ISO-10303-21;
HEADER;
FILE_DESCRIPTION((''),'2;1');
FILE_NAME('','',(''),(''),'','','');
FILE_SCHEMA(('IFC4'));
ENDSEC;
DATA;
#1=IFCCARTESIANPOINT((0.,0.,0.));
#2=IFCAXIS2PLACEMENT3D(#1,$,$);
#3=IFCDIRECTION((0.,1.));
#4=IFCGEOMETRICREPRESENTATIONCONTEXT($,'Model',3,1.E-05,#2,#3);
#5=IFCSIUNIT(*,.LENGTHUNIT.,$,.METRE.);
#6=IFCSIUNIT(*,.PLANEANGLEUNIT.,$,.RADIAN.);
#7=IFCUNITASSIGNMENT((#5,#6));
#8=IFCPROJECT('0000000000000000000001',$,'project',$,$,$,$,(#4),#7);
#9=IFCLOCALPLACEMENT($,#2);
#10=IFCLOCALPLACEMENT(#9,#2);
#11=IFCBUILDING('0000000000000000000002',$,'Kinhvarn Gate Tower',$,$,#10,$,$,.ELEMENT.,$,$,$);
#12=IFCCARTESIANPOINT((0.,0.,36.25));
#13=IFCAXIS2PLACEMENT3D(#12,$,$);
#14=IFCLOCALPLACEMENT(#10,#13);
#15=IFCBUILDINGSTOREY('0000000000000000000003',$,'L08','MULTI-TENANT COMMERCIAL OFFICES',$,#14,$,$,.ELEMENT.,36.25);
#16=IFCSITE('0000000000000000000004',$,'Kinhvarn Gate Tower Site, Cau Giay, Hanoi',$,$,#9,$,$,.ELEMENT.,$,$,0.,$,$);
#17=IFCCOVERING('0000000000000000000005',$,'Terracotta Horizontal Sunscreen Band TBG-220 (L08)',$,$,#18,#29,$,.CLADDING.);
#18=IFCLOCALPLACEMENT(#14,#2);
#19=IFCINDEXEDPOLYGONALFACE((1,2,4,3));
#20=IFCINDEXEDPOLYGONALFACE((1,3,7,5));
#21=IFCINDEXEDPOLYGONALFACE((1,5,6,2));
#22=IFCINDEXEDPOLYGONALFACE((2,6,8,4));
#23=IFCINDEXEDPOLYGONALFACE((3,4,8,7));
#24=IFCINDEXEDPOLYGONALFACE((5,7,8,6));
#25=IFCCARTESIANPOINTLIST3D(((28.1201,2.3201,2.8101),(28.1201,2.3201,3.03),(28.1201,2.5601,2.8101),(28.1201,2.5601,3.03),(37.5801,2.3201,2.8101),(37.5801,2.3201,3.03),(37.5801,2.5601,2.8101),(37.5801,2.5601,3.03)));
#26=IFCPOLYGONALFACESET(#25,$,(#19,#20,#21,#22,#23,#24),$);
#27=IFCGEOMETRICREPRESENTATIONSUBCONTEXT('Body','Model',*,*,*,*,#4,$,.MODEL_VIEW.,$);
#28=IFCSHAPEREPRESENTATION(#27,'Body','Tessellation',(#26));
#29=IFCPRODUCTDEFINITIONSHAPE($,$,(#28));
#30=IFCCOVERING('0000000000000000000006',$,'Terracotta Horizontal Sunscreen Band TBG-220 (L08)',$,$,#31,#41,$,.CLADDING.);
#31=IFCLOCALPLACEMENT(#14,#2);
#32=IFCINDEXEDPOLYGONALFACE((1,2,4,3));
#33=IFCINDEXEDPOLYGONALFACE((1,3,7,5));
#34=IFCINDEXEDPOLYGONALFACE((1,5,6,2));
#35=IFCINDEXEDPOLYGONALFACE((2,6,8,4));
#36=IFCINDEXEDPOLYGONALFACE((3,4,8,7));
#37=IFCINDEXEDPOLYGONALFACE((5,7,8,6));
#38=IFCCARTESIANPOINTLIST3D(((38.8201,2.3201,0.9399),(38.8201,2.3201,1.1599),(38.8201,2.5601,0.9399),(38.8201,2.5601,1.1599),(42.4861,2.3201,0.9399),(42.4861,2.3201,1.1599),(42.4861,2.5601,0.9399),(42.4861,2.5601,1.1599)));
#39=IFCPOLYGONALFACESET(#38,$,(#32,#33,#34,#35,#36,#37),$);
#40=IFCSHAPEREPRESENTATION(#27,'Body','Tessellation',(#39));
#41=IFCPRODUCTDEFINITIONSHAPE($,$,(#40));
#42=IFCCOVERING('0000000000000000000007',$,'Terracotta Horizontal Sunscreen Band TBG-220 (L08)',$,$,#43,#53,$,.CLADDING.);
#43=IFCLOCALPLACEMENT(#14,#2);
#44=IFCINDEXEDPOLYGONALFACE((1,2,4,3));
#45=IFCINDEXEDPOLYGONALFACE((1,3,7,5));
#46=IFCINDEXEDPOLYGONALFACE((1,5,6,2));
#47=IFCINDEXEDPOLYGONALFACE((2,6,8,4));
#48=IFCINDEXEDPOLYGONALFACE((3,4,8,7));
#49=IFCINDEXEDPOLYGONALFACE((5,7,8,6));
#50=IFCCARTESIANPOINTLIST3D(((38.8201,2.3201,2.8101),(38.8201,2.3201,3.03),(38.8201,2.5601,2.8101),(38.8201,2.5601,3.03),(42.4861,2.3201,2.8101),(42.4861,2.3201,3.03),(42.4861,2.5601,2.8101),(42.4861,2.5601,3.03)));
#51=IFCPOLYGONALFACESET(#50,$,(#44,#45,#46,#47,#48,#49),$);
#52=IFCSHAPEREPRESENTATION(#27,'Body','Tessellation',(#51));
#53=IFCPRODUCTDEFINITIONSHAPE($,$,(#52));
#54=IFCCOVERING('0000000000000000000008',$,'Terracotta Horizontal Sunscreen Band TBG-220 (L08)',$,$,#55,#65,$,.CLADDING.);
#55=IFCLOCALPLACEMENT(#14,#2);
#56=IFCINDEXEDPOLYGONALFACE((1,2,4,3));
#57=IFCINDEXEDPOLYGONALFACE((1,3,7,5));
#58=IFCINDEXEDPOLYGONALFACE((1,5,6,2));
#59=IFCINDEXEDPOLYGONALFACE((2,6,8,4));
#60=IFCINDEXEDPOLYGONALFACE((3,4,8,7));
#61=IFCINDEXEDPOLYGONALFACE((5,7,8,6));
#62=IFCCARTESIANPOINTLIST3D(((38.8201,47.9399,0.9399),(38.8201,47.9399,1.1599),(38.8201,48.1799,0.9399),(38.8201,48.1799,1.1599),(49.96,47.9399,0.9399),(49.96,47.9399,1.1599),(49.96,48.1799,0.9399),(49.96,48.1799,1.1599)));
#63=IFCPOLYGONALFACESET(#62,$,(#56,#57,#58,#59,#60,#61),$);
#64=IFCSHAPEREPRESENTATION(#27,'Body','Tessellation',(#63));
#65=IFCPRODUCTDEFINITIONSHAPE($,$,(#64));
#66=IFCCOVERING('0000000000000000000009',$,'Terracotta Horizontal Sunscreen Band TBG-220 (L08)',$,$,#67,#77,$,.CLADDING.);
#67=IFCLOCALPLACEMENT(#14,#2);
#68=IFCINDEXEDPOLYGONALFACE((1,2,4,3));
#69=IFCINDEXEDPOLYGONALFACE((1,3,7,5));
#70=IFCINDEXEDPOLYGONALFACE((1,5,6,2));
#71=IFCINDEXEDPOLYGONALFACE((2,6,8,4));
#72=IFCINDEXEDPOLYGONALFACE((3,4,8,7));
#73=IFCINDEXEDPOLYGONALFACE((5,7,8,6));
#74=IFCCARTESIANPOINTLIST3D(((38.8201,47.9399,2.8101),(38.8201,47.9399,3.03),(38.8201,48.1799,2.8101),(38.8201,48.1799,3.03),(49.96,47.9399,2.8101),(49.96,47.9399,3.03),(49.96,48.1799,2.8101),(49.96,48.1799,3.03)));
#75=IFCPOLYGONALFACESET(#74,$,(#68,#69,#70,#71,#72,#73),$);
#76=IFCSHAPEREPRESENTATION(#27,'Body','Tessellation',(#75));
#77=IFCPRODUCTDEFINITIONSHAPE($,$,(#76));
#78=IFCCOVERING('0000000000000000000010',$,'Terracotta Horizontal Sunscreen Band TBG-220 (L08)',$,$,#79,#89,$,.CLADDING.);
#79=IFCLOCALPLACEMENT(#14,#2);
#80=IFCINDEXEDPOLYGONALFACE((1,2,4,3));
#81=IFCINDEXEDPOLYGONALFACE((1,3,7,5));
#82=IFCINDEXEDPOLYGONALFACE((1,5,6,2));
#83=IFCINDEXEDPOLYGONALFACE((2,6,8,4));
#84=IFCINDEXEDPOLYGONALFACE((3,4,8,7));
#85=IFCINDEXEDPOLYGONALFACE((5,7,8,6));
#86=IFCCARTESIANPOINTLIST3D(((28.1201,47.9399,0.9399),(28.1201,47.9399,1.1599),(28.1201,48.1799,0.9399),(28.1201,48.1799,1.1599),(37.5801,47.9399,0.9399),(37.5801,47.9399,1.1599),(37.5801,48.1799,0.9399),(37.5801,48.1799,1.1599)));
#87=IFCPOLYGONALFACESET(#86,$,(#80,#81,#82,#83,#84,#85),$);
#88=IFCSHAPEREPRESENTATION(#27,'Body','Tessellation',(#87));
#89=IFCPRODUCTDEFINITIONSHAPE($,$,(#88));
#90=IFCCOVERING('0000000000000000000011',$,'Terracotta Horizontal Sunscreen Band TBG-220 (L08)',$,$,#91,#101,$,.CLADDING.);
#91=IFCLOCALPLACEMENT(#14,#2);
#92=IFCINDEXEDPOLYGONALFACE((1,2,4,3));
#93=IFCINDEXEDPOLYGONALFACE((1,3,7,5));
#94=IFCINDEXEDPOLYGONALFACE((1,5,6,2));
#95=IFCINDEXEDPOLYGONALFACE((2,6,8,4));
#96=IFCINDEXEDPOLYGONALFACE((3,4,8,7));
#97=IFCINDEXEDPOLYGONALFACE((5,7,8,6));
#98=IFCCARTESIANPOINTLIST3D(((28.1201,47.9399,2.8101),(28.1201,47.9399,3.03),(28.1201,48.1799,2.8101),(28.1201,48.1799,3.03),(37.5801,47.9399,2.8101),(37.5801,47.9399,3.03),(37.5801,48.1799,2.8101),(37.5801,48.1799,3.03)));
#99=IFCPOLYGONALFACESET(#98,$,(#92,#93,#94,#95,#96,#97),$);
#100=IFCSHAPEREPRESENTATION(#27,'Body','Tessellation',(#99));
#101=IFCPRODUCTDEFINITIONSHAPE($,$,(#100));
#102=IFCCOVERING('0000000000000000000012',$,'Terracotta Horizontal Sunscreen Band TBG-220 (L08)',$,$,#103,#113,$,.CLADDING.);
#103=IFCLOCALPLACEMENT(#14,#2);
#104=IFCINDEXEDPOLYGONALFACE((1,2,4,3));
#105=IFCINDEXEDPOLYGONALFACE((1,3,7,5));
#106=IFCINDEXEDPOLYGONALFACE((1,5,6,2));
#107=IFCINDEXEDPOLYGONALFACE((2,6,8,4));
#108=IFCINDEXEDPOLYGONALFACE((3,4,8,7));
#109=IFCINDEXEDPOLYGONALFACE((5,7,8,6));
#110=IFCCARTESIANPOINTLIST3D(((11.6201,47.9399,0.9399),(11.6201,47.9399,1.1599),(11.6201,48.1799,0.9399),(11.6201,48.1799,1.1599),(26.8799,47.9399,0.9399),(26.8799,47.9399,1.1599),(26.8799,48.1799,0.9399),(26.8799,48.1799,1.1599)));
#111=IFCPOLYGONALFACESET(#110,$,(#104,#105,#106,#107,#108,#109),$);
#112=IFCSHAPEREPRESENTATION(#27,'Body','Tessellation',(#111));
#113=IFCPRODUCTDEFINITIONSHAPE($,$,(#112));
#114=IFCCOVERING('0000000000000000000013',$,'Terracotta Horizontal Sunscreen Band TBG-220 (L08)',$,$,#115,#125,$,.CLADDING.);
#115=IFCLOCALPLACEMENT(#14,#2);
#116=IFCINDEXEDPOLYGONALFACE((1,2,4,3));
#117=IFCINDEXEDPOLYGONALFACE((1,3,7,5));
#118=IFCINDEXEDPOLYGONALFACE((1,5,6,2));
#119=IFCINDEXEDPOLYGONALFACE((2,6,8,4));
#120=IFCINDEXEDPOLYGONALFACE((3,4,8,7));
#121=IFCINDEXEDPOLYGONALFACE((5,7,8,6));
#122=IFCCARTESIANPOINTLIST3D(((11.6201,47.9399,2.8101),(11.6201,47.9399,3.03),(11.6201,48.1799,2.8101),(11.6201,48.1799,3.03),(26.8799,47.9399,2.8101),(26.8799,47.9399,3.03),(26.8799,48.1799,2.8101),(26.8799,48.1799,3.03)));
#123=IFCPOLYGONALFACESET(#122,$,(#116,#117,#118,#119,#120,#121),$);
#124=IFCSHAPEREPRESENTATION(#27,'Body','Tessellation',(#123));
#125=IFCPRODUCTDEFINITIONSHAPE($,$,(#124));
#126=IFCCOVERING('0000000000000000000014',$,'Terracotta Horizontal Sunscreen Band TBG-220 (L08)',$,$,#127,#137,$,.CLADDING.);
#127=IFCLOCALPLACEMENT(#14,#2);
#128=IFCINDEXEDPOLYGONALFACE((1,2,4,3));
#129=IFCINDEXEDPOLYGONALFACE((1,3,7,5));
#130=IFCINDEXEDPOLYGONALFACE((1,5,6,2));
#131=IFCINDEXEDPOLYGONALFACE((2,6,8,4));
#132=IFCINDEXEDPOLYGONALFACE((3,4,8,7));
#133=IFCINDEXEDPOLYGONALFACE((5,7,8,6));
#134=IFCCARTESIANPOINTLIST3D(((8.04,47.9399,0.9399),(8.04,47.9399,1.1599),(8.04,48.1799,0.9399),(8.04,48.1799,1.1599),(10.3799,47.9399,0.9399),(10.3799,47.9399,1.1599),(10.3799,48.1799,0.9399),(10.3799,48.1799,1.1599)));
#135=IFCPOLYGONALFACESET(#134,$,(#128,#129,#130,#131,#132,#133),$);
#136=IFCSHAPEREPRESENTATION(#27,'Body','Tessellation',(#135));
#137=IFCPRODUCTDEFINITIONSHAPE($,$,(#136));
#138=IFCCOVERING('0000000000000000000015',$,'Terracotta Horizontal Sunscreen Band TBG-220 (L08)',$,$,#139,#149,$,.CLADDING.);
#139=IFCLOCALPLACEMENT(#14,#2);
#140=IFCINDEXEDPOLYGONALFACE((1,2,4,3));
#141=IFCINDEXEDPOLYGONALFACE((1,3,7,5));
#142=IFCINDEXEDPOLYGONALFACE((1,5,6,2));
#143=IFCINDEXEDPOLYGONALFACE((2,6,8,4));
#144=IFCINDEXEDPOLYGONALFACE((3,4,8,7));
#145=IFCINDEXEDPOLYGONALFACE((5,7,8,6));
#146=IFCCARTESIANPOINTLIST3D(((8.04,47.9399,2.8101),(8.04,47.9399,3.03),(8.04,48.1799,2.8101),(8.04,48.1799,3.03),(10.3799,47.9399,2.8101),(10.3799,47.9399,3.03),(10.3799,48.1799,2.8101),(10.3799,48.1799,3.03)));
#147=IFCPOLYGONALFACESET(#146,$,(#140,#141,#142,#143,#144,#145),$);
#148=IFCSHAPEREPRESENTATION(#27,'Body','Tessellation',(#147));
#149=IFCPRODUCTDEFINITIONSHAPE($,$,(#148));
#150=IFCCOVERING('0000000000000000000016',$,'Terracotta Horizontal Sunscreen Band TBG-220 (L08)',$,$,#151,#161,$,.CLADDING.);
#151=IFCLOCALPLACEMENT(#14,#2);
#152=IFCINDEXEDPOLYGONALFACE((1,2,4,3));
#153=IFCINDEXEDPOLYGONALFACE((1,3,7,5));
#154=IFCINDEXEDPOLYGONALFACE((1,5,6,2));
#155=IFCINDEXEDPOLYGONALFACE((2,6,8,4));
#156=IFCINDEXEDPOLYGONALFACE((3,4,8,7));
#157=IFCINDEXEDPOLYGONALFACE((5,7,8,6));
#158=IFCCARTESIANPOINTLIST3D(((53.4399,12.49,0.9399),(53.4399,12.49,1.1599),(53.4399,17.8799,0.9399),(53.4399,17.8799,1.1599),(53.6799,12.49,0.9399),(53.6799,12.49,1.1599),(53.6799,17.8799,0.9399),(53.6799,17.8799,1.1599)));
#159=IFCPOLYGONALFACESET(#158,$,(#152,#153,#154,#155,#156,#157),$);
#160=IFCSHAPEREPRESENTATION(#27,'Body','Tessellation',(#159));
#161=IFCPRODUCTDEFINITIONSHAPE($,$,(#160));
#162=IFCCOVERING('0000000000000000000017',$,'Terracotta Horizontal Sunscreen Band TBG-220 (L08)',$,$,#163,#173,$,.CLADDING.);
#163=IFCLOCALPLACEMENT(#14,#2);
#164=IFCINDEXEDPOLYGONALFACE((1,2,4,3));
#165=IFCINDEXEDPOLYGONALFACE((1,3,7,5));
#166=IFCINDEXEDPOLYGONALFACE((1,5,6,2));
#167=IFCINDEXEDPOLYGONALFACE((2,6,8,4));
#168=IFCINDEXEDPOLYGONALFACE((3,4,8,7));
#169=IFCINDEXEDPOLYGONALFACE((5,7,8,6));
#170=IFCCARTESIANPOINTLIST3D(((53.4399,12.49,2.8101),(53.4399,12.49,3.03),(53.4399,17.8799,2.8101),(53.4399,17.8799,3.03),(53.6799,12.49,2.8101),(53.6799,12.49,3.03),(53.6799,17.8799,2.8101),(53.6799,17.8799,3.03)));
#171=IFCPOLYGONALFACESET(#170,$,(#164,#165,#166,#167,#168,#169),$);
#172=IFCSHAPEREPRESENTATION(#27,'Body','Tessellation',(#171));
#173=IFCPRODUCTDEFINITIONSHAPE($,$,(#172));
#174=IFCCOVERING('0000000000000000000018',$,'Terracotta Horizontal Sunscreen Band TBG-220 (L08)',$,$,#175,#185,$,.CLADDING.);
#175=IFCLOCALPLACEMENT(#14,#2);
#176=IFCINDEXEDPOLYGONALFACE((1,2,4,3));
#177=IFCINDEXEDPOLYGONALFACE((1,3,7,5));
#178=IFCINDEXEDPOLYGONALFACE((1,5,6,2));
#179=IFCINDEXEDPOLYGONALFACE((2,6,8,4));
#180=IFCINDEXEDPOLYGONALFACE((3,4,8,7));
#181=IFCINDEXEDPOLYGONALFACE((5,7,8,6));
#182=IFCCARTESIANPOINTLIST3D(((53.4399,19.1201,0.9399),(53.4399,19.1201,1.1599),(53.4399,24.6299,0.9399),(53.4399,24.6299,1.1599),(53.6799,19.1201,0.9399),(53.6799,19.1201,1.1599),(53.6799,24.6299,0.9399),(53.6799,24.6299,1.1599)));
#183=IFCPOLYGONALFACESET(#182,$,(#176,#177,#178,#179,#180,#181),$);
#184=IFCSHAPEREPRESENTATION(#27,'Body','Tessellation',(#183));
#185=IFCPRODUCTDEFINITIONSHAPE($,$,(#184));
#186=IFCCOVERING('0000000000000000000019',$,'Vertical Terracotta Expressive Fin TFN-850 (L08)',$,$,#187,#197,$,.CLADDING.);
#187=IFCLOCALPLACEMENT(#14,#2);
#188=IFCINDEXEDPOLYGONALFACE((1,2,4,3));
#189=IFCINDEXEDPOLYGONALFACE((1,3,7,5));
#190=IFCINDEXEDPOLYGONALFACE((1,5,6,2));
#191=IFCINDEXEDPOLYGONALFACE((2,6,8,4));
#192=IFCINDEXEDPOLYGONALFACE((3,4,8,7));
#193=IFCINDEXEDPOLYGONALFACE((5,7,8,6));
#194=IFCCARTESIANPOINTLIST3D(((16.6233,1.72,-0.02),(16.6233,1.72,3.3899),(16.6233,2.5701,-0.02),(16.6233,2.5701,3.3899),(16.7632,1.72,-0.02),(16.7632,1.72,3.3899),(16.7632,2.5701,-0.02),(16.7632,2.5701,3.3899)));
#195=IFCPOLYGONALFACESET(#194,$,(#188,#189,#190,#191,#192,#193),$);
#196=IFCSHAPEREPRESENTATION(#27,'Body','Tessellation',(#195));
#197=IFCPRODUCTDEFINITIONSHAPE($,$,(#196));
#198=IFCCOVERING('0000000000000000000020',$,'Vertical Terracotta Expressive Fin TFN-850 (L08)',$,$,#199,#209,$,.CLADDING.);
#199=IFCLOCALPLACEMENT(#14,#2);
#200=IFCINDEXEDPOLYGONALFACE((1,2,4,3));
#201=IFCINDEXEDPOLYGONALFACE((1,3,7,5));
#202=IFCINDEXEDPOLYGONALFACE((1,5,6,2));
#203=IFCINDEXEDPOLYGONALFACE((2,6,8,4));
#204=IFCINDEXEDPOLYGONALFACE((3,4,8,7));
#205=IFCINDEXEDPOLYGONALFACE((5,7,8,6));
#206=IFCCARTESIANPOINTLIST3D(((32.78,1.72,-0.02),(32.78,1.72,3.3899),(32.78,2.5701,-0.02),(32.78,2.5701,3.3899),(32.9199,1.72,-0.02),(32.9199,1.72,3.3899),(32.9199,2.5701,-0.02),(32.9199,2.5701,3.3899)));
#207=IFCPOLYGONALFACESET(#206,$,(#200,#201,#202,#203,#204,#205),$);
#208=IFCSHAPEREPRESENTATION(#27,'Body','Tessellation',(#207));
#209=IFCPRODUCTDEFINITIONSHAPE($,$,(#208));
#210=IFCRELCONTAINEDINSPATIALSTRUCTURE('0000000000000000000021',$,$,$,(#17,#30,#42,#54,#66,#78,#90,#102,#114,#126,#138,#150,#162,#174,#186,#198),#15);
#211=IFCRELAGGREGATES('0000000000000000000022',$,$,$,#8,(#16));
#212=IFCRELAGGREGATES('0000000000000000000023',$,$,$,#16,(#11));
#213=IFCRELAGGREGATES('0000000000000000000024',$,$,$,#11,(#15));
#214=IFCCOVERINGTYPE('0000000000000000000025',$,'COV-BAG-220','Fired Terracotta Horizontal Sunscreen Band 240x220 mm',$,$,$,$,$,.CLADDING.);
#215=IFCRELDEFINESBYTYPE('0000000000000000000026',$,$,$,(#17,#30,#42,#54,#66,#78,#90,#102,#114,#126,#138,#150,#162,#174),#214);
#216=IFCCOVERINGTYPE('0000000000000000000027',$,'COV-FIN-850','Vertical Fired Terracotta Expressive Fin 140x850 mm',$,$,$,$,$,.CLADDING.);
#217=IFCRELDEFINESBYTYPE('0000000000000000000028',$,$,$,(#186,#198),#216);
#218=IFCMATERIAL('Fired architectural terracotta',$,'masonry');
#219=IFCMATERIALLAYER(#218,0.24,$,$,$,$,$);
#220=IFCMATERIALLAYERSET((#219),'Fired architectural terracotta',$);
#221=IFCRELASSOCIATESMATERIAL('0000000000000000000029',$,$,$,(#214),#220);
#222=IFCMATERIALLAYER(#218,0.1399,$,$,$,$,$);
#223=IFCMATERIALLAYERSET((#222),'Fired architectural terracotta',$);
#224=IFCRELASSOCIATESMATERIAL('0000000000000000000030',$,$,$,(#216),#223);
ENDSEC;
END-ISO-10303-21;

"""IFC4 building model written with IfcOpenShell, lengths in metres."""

from ifc_helpers import new_model, si_unit, direction, frame, origin, place, context, subcontext, project, spatial, polyline, outline, extrude, material, layer, layer_set, type_object, element, save


model = new_model("IFC4")

# Units and contexts
model_context = context("Model", 3, precision=1e-05, world=origin(), true_north=direction((0.0, 1.0)))
body_context = subcontext(model_context, "Body", "Model", "MODEL_VIEW")
ifc_project = project(units=[si_unit("LENGTHUNIT", "METRE"), si_unit("PLANEANGLEUNIT", "RADIAN")], contexts=[model_context])

# Site, building, storey
site_placement = place(None, origin())
site = spatial("IfcSite", under=ifc_project, at=site_placement, Name="Kinhvarn Gate Tower Site, Cau Giay, Hanoi", CompositionType="ELEMENT", RefElevation=0.0)
building_placement = place(site_placement, origin())
building = spatial("IfcBuilding", under=site, at=building_placement, Name="Kinhvarn Gate Tower", CompositionType="ELEMENT")
storey_placement = place(building_placement, frame((0.0, 0.0, 36.25)))
storey = spatial("IfcBuildingStorey", under=building, at=storey_placement, Name="L08", Description="MULTI-TENANT COMMERCIAL OFFICES", CompositionType="ELEMENT", Elevation=36.25)

# Coverings
ifc_material_1 = material(Name="Fired architectural terracotta", Category="masonry")
ifc_layer_1 = layer(ifc_material_1, 0.24)
ifc_layer_set_1 = layer_set([ifc_layer_1], Name="Fired architectural terracotta")
covering_type_1 = type_object("IfcCoveringType", Name="COV-BAG-220", Description="Fired Terracotta Horizontal Sunscreen Band 240x220 mm", PredefinedType="CLADDING", material=ifc_layer_set_1)
for number, where, name in (
    (1, (0.0, 0.0, 2.8101), "Terracotta Horizontal Sunscreen Band TBG-220 (L08)"),
):
    element("IfcCovering", number, at=place(storey_placement, frame(where)), inside=storey, type_object=covering_type_1, Name=name, PredefinedType="CLADDING", context=body_context, shape_type="SweptSolid", body=[
        extrude(outline(polyline([(28.1201, 2.5601), (37.5801, 2.5601), (37.5801, 2.3201), (28.1201, 2.3201), (28.1201, 2.5601)])), origin(), (0.0, 0.0, 1.0), 0.22),
    ])
for number, where, name in (
    (2, (0.0, 0.0, 0.9399), "Terracotta Horizontal Sunscreen Band TBG-220 (L08)"),
    (3, (0.0, 0.0, 2.8101), "Terracotta Horizontal Sunscreen Band TBG-220 (L08)"),
):
    element("IfcCovering", number, at=place(storey_placement, frame(where)), inside=storey, type_object=covering_type_1, Name=name, PredefinedType="CLADDING", context=body_context, shape_type="SweptSolid", body=[
        extrude(outline(polyline([(38.8201, 2.5601), (42.4861, 2.5601), (42.4861, 2.3201), (38.8201, 2.3201), (38.8201, 2.5601)])), origin(), (0.0, 0.0, 1.0), 0.22),
    ])
for number, where, name in (
    (4, (0.0, 0.0, 0.9399), "Terracotta Horizontal Sunscreen Band TBG-220 (L08)"),
    (5, (0.0, 0.0, 2.8101), "Terracotta Horizontal Sunscreen Band TBG-220 (L08)"),
):
    element("IfcCovering", number, at=place(storey_placement, frame(where)), inside=storey, type_object=covering_type_1, Name=name, PredefinedType="CLADDING", context=body_context, shape_type="SweptSolid", body=[
        extrude(outline(polyline([(49.96, 47.9399), (38.8201, 47.9399), (38.8201, 48.1799), (49.96, 48.1799), (49.96, 47.9399)])), origin(), (0.0, 0.0, 1.0), 0.22),
    ])
for number, where, name in (
    (6, (0.0, 0.0, 0.9399), "Terracotta Horizontal Sunscreen Band TBG-220 (L08)"),
    (7, (0.0, 0.0, 2.8101), "Terracotta Horizontal Sunscreen Band TBG-220 (L08)"),
):
    element("IfcCovering", number, at=place(storey_placement, frame(where)), inside=storey, type_object=covering_type_1, Name=name, PredefinedType="CLADDING", context=body_context, shape_type="SweptSolid", body=[
        extrude(outline(polyline([(37.5801, 47.9399), (28.1201, 47.9399), (28.1201, 48.1799), (37.5801, 48.1799), (37.5801, 47.9399)])), origin(), (0.0, 0.0, 1.0), 0.22),
    ])
for number, where, name in (
    (8, (0.0, 0.0, 0.9399), "Terracotta Horizontal Sunscreen Band TBG-220 (L08)"),
    (9, (0.0, 0.0, 2.8101), "Terracotta Horizontal Sunscreen Band TBG-220 (L08)"),
):
    element("IfcCovering", number, at=place(storey_placement, frame(where)), inside=storey, type_object=covering_type_1, Name=name, PredefinedType="CLADDING", context=body_context, shape_type="SweptSolid", body=[
        extrude(outline(polyline([(26.8799, 47.9399), (11.6201, 47.9399), (11.6201, 48.1799), (26.8799, 48.1799), (26.8799, 47.9399)])), origin(), (0.0, 0.0, 1.0), 0.22),
    ])
for number, where, name in (
    (10, (0.0, 0.0, 0.9399), "Terracotta Horizontal Sunscreen Band TBG-220 (L08)"),
    (11, (0.0, 0.0, 2.8101), "Terracotta Horizontal Sunscreen Band TBG-220 (L08)"),
):
    element("IfcCovering", number, at=place(storey_placement, frame(where)), inside=storey, type_object=covering_type_1, Name=name, PredefinedType="CLADDING", context=body_context, shape_type="SweptSolid", body=[
        extrude(outline(polyline([(10.3799, 47.9399), (8.04, 47.9399), (8.04, 48.1799), (10.3799, 48.1799), (10.3799, 47.9399)])), origin(), (0.0, 0.0, 1.0), 0.22),
    ])
for number, where, name in (
    (12, (0.0, 0.0, 0.9399), "Terracotta Horizontal Sunscreen Band TBG-220 (L08)"),
    (13, (0.0, 0.0, 2.8101), "Terracotta Horizontal Sunscreen Band TBG-220 (L08)"),
):
    element("IfcCovering", number, at=place(storey_placement, frame(where)), inside=storey, type_object=covering_type_1, Name=name, PredefinedType="CLADDING", context=body_context, shape_type="SweptSolid", body=[
        extrude(outline(polyline([(53.4399, 12.49), (53.4399, 17.8799), (53.6799, 17.8799), (53.6799, 12.49), (53.4399, 12.49)])), origin(), (0.0, 0.0, 1.0), 0.22),
    ])
covering_1_placement = place(storey_placement, frame((0.0, 0.0, 0.9399)))
element("IfcCovering", 14, at=covering_1_placement, inside=storey, type_object=covering_type_1, Name="Terracotta Horizontal Sunscreen Band TBG-220 (L08)", PredefinedType="CLADDING", context=body_context, shape_type="SweptSolid", body=[
    extrude(outline(polyline([(53.4399, 19.1201), (53.4399, 24.6299), (53.6799, 24.6299), (53.6799, 19.1201), (53.4399, 19.1201)])), origin(), (0.0, 0.0, 1.0), 0.22),
])
ifc_layer_2 = layer(ifc_material_1, 0.1399)
ifc_layer_set_2 = layer_set([ifc_layer_2], Name="Fired architectural terracotta")
covering_type_2 = type_object("IfcCoveringType", Name="COV-FIN-850", Description="Vertical Fired Terracotta Expressive Fin 140x850 mm", PredefinedType="CLADDING", material=ifc_layer_set_2)
covering_2_placement = place(storey_placement, frame((0.0, 0.0, -0.02)))
element("IfcCovering", 15, at=covering_2_placement, inside=storey, type_object=covering_type_2, Name="Vertical Terracotta Expressive Fin TFN-850 (L08)", PredefinedType="CLADDING", context=body_context, shape_type="SweptSolid", body=[
    extrude(outline(polyline([(16.6233, 2.5701), (16.7632, 2.5701), (16.7632, 1.72), (16.6233, 1.72), (16.6233, 2.5701)])), origin(), (0.0, 0.0, 1.0), 3.4099),
])
covering_3_placement = place(storey_placement, frame((0.0, 0.0, -0.02)))
element("IfcCovering", 16, at=covering_3_placement, inside=storey, type_object=covering_type_2, Name="Vertical Terracotta Expressive Fin TFN-850 (L08)", PredefinedType="CLADDING", context=body_context, shape_type="SweptSolid", body=[
    extrude(outline(polyline([(32.78, 2.5701), (32.9199, 2.5701), (32.9199, 1.72), (32.78, 1.72), (32.78, 2.5701)])), origin(), (0.0, 0.0, 1.0), 3.4099),
])

save(model, "model.ifc")
